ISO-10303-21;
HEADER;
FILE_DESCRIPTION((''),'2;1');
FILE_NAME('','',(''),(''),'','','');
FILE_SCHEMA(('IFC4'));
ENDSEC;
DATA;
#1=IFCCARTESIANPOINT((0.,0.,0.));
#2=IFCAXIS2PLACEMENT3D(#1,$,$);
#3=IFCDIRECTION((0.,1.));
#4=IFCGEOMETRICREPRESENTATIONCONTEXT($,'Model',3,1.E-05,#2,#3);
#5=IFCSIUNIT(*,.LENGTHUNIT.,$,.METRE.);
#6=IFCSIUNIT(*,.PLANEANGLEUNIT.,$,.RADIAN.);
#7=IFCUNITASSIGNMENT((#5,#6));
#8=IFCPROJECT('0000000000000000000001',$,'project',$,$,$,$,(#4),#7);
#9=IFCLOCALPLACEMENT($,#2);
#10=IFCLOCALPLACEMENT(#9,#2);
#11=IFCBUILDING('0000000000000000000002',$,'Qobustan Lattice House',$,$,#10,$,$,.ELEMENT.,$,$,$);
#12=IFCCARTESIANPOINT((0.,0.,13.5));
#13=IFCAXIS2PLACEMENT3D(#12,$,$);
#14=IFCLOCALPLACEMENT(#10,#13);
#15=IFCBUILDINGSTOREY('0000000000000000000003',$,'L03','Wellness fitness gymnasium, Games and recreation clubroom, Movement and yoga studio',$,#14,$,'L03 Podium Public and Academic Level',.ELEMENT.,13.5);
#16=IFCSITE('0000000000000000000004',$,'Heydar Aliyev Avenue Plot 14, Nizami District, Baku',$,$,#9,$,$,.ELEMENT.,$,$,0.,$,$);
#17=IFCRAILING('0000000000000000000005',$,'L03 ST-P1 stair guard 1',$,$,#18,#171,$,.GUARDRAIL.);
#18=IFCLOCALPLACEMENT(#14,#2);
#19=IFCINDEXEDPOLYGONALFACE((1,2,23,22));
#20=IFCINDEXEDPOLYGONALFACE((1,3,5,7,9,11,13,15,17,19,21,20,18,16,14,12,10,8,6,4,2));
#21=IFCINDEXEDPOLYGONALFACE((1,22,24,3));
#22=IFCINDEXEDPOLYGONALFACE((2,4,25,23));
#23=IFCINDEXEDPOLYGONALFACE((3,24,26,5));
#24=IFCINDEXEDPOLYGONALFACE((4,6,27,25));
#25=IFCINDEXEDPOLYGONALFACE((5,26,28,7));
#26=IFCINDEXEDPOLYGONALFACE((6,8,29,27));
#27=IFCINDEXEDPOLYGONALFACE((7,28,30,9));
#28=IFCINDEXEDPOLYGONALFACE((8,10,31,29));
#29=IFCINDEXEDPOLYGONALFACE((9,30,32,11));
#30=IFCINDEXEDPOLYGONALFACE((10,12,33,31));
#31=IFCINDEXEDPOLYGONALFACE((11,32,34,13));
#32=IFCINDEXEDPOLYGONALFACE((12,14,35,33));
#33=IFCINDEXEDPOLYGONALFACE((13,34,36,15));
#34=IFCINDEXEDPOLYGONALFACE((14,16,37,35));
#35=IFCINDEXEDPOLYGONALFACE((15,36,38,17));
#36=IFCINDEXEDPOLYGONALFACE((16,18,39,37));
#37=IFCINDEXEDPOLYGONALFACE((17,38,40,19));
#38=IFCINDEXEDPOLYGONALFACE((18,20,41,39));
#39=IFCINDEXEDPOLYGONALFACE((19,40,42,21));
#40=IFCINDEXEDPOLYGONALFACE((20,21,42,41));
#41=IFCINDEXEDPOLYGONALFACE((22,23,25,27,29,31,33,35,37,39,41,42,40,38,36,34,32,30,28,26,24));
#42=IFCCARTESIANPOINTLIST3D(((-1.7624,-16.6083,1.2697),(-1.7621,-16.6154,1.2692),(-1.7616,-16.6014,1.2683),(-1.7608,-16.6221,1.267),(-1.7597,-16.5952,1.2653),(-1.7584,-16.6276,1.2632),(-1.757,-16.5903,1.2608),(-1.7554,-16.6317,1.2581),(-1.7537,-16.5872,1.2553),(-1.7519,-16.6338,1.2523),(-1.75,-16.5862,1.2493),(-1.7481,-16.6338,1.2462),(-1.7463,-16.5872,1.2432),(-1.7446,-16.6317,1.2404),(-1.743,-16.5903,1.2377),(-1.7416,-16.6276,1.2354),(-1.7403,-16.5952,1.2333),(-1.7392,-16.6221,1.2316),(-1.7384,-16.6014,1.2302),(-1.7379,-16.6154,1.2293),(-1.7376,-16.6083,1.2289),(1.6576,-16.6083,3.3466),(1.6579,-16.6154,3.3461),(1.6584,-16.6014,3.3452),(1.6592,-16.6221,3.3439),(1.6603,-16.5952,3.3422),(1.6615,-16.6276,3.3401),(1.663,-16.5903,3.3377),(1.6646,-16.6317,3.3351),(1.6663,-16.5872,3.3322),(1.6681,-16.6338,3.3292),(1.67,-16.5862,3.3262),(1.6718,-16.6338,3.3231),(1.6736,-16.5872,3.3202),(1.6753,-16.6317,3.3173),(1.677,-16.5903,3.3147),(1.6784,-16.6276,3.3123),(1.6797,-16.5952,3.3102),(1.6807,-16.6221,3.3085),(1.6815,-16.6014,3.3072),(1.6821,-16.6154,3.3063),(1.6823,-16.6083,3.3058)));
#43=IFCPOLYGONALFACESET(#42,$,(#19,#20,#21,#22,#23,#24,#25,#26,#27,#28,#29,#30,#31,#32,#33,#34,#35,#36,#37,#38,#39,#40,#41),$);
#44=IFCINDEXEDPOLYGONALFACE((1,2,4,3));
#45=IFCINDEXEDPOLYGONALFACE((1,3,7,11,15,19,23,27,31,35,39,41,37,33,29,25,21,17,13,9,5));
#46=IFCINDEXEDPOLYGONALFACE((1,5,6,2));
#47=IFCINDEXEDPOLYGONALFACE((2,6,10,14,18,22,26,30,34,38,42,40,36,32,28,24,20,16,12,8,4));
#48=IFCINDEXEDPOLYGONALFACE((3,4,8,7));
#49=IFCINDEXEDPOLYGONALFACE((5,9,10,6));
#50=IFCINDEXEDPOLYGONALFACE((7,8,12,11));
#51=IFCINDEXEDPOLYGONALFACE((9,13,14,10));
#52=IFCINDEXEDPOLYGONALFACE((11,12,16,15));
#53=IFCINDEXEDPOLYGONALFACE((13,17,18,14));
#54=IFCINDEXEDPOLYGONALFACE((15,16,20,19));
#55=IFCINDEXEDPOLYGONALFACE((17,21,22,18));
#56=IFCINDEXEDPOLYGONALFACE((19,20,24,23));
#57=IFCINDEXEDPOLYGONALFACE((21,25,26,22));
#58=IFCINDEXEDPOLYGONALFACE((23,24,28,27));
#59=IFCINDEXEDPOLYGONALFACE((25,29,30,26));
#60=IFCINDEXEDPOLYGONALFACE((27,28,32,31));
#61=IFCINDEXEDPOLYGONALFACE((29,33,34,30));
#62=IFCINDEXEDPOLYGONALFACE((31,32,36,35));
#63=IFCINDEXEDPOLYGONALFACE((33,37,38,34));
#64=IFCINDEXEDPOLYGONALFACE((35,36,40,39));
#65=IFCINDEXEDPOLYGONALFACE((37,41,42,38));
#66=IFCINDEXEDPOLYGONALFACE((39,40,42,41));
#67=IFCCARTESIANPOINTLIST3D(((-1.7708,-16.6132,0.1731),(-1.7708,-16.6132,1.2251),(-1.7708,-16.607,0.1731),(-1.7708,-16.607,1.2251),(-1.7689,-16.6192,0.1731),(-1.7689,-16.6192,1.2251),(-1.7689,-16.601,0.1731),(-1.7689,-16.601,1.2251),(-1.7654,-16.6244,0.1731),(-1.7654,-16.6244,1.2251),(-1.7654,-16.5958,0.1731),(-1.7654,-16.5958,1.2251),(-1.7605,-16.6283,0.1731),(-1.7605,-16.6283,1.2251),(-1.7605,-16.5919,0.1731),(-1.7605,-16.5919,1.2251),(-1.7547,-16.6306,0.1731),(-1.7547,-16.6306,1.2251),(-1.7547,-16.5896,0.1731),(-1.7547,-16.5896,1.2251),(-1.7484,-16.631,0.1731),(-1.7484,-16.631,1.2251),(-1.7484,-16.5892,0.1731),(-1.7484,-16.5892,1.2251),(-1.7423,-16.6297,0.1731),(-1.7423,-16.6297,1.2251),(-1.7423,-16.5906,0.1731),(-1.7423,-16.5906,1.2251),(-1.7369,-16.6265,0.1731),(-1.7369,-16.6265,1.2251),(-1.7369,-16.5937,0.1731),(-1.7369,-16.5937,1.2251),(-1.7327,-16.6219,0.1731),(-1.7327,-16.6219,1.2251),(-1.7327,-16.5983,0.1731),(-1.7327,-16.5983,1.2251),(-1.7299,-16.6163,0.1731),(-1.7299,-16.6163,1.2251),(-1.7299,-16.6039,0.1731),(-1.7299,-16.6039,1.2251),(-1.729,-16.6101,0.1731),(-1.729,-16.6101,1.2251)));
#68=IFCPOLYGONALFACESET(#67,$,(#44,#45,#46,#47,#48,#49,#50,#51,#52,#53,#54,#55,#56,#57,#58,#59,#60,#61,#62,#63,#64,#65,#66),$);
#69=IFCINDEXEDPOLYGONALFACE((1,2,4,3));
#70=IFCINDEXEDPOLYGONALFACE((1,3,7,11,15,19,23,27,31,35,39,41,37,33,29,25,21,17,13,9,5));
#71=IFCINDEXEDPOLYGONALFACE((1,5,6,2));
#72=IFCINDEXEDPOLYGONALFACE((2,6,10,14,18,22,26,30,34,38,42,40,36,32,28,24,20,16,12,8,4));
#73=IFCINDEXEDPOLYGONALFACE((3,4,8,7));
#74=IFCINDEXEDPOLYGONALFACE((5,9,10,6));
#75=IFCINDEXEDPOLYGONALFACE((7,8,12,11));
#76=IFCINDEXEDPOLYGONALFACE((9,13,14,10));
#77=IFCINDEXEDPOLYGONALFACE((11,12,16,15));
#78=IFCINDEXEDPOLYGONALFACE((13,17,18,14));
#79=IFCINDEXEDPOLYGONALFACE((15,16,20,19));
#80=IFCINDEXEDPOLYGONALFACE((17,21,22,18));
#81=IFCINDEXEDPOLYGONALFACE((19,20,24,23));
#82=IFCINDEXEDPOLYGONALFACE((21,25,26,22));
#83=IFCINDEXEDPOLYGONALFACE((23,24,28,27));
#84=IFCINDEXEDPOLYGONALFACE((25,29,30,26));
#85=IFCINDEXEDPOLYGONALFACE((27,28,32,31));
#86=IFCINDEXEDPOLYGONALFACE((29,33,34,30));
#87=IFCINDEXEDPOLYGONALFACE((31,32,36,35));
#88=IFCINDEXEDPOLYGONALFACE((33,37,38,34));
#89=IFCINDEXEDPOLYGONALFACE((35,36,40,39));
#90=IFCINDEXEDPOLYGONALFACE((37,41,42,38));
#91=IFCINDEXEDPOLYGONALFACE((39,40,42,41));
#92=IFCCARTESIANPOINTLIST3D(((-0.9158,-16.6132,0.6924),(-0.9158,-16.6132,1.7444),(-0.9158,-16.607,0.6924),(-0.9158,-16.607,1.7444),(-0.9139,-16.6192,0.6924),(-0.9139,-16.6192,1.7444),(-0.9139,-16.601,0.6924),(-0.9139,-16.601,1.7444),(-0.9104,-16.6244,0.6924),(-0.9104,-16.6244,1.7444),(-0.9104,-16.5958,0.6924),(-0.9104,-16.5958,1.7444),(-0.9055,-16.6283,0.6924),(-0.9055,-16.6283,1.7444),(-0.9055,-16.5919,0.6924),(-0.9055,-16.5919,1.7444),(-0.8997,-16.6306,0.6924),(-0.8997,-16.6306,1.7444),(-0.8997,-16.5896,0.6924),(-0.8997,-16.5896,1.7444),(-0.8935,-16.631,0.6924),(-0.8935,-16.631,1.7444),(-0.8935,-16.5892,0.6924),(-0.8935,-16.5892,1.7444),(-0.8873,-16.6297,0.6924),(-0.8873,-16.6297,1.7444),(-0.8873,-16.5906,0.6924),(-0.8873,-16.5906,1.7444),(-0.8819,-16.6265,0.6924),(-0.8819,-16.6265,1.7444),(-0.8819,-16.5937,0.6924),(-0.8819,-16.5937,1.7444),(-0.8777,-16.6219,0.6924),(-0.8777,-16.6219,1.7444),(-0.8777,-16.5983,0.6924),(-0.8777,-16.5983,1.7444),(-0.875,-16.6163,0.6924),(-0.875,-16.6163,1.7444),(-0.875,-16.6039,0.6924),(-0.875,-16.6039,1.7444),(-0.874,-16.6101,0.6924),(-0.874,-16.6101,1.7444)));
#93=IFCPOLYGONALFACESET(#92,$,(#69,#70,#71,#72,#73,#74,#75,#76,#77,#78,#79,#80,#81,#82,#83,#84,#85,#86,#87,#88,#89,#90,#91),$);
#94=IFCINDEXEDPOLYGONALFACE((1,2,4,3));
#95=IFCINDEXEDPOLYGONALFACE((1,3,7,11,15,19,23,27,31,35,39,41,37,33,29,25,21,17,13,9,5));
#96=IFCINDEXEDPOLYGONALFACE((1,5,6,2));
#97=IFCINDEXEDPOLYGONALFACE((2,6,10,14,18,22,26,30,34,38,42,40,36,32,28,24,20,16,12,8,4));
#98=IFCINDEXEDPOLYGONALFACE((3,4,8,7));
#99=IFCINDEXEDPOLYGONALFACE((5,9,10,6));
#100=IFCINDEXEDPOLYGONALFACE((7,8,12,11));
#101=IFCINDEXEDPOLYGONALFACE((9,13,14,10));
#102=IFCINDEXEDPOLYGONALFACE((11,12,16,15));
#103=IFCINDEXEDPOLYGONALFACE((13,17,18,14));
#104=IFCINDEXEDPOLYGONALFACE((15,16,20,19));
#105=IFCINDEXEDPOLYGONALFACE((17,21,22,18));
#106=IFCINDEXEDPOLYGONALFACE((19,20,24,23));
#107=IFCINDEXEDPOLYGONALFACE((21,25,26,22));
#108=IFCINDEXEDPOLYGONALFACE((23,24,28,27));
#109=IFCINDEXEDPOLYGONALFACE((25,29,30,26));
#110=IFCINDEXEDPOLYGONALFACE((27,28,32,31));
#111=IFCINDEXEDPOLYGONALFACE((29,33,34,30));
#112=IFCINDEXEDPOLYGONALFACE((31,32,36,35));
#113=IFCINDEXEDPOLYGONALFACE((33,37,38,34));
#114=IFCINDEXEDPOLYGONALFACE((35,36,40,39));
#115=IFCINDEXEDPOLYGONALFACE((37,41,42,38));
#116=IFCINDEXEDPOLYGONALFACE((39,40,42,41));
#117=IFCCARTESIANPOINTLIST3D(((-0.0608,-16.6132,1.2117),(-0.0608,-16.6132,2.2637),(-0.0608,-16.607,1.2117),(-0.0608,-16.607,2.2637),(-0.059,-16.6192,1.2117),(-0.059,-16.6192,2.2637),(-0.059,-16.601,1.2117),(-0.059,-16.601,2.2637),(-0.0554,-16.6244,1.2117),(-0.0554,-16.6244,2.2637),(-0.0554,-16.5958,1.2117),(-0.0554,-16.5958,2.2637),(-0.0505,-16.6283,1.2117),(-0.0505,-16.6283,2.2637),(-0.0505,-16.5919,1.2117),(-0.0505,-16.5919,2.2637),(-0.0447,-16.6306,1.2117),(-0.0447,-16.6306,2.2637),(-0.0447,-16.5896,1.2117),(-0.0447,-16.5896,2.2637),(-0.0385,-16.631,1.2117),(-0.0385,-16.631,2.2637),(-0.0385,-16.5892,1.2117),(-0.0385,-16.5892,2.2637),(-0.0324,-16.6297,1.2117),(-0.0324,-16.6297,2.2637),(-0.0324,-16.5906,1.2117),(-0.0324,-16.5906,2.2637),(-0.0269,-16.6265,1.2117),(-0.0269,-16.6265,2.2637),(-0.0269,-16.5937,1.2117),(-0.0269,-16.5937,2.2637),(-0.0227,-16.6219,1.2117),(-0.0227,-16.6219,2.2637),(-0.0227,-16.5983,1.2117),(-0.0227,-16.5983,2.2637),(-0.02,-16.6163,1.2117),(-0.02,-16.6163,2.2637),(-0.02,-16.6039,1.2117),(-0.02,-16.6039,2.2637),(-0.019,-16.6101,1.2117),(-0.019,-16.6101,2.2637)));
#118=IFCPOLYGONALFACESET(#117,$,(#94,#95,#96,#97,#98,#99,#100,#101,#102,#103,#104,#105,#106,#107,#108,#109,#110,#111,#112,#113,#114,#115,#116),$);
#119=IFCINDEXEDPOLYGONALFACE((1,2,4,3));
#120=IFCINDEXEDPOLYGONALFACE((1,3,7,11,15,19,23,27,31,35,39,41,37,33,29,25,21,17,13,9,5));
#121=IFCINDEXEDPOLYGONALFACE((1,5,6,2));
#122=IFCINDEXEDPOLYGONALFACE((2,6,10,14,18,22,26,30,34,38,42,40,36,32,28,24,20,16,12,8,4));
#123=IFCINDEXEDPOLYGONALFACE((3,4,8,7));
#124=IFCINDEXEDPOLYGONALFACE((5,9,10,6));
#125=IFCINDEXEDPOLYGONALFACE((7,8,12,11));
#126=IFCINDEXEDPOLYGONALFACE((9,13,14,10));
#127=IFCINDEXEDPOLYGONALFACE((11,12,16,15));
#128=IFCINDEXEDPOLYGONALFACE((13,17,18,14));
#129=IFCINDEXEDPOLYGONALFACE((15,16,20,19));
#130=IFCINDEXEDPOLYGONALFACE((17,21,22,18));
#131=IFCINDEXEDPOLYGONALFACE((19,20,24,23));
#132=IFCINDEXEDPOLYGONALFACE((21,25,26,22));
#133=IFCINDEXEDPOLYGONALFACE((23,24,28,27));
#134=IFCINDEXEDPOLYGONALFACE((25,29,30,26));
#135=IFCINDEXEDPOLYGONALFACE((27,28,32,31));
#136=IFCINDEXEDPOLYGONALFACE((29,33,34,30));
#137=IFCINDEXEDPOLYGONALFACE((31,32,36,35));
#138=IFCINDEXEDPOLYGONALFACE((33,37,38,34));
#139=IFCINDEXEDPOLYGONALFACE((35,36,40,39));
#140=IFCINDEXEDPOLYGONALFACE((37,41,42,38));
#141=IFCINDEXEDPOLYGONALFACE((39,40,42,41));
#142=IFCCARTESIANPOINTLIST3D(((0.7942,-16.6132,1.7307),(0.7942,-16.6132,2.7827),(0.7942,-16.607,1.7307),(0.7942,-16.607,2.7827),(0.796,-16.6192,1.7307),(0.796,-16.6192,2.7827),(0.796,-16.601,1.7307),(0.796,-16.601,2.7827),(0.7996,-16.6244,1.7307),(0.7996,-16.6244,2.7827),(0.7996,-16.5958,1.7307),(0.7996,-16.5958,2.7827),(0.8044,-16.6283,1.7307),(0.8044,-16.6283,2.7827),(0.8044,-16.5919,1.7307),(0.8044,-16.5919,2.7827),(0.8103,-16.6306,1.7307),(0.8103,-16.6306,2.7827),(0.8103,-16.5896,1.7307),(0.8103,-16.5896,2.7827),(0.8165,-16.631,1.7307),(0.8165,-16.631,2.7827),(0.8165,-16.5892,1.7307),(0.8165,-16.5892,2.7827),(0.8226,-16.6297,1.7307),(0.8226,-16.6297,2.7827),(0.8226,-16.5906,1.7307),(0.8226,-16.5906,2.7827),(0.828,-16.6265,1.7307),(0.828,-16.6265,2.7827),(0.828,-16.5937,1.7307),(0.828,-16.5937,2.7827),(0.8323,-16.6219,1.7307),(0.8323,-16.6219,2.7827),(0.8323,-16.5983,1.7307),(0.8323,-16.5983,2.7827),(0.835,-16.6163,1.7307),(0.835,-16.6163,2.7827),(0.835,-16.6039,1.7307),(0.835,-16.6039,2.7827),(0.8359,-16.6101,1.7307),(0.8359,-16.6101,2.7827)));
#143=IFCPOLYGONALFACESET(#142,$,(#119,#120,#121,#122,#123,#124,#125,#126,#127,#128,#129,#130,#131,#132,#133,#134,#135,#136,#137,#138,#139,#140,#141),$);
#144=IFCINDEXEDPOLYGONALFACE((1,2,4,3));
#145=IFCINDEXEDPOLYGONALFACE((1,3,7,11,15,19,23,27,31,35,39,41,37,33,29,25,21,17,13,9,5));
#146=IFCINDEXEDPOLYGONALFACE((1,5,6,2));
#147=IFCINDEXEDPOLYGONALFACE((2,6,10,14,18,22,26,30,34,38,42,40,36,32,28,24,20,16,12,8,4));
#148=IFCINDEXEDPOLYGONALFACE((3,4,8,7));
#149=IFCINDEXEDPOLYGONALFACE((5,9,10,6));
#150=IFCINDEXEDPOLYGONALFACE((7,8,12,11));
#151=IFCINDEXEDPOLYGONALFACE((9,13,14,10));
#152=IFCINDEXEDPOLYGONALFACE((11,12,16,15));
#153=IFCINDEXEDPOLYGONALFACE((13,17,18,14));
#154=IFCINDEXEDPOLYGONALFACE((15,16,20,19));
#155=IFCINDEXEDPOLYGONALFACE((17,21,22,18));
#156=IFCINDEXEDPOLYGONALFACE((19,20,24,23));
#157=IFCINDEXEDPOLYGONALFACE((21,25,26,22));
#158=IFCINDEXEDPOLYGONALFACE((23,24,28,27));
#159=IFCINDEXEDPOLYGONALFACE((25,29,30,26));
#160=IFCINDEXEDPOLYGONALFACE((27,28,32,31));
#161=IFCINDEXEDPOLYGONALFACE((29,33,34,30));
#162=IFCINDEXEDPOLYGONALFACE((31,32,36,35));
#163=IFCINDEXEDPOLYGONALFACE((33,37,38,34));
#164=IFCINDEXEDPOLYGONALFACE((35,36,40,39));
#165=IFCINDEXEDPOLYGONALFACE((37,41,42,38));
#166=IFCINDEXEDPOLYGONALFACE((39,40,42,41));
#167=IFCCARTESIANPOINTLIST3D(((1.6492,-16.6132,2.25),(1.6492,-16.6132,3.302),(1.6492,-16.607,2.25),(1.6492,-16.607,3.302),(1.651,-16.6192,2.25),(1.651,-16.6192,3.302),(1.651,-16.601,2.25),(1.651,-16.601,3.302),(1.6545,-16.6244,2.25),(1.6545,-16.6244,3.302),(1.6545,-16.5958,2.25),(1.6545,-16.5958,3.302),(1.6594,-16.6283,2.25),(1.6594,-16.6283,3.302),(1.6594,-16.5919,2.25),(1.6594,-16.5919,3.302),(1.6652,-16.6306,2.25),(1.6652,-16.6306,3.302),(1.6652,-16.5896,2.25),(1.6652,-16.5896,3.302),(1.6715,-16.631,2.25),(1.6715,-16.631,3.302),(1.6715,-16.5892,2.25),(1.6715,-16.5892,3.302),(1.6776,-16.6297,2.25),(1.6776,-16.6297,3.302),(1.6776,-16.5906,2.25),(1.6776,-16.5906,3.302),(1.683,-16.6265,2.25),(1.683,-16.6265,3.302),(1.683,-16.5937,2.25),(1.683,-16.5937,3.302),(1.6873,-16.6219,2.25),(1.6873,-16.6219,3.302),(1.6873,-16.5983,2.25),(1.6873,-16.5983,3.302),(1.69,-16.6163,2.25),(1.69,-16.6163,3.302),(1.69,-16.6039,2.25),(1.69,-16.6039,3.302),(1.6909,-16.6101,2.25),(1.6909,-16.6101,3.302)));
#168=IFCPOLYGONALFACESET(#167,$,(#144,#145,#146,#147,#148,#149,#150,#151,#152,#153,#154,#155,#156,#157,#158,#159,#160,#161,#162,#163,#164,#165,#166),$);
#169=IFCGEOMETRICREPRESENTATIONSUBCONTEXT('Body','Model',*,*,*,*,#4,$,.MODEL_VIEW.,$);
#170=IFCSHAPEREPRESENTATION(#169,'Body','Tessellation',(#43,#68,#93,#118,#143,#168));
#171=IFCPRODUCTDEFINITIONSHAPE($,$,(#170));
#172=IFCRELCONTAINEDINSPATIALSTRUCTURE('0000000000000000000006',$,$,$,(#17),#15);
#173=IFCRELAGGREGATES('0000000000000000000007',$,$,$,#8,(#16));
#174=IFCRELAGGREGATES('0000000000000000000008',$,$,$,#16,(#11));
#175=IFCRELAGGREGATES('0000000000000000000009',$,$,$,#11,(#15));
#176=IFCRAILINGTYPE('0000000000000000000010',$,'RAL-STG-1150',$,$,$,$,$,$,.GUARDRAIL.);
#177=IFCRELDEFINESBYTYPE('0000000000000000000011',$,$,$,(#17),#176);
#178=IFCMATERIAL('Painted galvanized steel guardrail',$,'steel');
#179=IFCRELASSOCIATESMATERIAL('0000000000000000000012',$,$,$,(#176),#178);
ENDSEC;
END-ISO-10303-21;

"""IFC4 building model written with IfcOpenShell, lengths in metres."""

from ifc_helpers import new_model, si_unit, direction, frame, origin, origin_2d, place, context, subcontext, project, spatial, circle, extrude, material, type_object, element, save


model = new_model("IFC4")

# Units and contexts
model_context = context("Model", 3, precision=1e-05, world=origin(), true_north=direction((0.0, 1.0)))
body_context = subcontext(model_context, "Body", "Model", "MODEL_VIEW")
ifc_project = project(units=[si_unit("LENGTHUNIT", "METRE"), si_unit("PLANEANGLEUNIT", "RADIAN")], contexts=[model_context])

# Site, building, storey
site_placement = place(None, origin())
site = spatial("IfcSite", under=ifc_project, at=site_placement, Name="Heydar Aliyev Avenue Plot 14, Nizami District, Baku", CompositionType="ELEMENT", RefElevation=0.0)
building_placement = place(site_placement, origin())
building = spatial("IfcBuilding", under=site, at=building_placement, Name="Qobustan Lattice House", CompositionType="ELEMENT")
storey_placement = place(building_placement, frame((0.0, 0.0, 13.5)))
storey = spatial("IfcBuildingStorey", under=building, at=storey_placement, Name="L03", Description="Wellness fitness gymnasium, Games and recreation clubroom, Movement and yoga studio", LongName="L03 Podium Public and Academic Level", CompositionType="ELEMENT", Elevation=13.5)

# Railing
ifc_material_1 = material(Name="Painted galvanized steel guardrail", Category="steel")
railing_type_1 = type_object("IfcRailingType", Name="RAL-STG-1150", PredefinedType="GUARDRAIL", material=ifc_material_1)
railing_1_placement = place(storey_placement, frame((-1.75, -16.6101, 0.1731)))
element("IfcRailing", 1, at=railing_1_placement, inside=storey, type_object=railing_type_1, Name="L03 ST-P1 stair guard 1", PredefinedType="GUARDRAIL", context=body_context, shape_type="SweptSolid", body=[
    extrude(circle(Radius=0.0239, at=origin_2d()), frame((0.0, 0.0, 1.0762), z_axis=(0.85473, 0.0, 0.519074), x_axis=(0.0, 1.0, 0.0)), (0.0, 0.0, 1.0), 4.0012),
    extrude(circle(Radius=0.021, at=origin_2d()), origin(), (0.0, 0.0, 1.0), 1.052),
    extrude(circle(Radius=0.021, at=origin_2d()), frame((0.855, 0.0, 0.5193)), (0.0, 0.0, 1.0), 1.052),
    extrude(circle(Radius=0.021, at=origin_2d()), frame((1.71, 0.0, 1.0386)), (0.0, 0.0, 1.0), 1.052),
    extrude(circle(Radius=0.021, at=origin_2d()), frame((2.5649, 0.0, 1.5576)), (0.0, 0.0, 1.0), 1.052),
    extrude(circle(Radius=0.021, at=origin_2d()), frame((3.4199, 0.0, 2.0769)), (0.0, 0.0, 1.0), 1.052),
])

save(model, "model.ifc")
